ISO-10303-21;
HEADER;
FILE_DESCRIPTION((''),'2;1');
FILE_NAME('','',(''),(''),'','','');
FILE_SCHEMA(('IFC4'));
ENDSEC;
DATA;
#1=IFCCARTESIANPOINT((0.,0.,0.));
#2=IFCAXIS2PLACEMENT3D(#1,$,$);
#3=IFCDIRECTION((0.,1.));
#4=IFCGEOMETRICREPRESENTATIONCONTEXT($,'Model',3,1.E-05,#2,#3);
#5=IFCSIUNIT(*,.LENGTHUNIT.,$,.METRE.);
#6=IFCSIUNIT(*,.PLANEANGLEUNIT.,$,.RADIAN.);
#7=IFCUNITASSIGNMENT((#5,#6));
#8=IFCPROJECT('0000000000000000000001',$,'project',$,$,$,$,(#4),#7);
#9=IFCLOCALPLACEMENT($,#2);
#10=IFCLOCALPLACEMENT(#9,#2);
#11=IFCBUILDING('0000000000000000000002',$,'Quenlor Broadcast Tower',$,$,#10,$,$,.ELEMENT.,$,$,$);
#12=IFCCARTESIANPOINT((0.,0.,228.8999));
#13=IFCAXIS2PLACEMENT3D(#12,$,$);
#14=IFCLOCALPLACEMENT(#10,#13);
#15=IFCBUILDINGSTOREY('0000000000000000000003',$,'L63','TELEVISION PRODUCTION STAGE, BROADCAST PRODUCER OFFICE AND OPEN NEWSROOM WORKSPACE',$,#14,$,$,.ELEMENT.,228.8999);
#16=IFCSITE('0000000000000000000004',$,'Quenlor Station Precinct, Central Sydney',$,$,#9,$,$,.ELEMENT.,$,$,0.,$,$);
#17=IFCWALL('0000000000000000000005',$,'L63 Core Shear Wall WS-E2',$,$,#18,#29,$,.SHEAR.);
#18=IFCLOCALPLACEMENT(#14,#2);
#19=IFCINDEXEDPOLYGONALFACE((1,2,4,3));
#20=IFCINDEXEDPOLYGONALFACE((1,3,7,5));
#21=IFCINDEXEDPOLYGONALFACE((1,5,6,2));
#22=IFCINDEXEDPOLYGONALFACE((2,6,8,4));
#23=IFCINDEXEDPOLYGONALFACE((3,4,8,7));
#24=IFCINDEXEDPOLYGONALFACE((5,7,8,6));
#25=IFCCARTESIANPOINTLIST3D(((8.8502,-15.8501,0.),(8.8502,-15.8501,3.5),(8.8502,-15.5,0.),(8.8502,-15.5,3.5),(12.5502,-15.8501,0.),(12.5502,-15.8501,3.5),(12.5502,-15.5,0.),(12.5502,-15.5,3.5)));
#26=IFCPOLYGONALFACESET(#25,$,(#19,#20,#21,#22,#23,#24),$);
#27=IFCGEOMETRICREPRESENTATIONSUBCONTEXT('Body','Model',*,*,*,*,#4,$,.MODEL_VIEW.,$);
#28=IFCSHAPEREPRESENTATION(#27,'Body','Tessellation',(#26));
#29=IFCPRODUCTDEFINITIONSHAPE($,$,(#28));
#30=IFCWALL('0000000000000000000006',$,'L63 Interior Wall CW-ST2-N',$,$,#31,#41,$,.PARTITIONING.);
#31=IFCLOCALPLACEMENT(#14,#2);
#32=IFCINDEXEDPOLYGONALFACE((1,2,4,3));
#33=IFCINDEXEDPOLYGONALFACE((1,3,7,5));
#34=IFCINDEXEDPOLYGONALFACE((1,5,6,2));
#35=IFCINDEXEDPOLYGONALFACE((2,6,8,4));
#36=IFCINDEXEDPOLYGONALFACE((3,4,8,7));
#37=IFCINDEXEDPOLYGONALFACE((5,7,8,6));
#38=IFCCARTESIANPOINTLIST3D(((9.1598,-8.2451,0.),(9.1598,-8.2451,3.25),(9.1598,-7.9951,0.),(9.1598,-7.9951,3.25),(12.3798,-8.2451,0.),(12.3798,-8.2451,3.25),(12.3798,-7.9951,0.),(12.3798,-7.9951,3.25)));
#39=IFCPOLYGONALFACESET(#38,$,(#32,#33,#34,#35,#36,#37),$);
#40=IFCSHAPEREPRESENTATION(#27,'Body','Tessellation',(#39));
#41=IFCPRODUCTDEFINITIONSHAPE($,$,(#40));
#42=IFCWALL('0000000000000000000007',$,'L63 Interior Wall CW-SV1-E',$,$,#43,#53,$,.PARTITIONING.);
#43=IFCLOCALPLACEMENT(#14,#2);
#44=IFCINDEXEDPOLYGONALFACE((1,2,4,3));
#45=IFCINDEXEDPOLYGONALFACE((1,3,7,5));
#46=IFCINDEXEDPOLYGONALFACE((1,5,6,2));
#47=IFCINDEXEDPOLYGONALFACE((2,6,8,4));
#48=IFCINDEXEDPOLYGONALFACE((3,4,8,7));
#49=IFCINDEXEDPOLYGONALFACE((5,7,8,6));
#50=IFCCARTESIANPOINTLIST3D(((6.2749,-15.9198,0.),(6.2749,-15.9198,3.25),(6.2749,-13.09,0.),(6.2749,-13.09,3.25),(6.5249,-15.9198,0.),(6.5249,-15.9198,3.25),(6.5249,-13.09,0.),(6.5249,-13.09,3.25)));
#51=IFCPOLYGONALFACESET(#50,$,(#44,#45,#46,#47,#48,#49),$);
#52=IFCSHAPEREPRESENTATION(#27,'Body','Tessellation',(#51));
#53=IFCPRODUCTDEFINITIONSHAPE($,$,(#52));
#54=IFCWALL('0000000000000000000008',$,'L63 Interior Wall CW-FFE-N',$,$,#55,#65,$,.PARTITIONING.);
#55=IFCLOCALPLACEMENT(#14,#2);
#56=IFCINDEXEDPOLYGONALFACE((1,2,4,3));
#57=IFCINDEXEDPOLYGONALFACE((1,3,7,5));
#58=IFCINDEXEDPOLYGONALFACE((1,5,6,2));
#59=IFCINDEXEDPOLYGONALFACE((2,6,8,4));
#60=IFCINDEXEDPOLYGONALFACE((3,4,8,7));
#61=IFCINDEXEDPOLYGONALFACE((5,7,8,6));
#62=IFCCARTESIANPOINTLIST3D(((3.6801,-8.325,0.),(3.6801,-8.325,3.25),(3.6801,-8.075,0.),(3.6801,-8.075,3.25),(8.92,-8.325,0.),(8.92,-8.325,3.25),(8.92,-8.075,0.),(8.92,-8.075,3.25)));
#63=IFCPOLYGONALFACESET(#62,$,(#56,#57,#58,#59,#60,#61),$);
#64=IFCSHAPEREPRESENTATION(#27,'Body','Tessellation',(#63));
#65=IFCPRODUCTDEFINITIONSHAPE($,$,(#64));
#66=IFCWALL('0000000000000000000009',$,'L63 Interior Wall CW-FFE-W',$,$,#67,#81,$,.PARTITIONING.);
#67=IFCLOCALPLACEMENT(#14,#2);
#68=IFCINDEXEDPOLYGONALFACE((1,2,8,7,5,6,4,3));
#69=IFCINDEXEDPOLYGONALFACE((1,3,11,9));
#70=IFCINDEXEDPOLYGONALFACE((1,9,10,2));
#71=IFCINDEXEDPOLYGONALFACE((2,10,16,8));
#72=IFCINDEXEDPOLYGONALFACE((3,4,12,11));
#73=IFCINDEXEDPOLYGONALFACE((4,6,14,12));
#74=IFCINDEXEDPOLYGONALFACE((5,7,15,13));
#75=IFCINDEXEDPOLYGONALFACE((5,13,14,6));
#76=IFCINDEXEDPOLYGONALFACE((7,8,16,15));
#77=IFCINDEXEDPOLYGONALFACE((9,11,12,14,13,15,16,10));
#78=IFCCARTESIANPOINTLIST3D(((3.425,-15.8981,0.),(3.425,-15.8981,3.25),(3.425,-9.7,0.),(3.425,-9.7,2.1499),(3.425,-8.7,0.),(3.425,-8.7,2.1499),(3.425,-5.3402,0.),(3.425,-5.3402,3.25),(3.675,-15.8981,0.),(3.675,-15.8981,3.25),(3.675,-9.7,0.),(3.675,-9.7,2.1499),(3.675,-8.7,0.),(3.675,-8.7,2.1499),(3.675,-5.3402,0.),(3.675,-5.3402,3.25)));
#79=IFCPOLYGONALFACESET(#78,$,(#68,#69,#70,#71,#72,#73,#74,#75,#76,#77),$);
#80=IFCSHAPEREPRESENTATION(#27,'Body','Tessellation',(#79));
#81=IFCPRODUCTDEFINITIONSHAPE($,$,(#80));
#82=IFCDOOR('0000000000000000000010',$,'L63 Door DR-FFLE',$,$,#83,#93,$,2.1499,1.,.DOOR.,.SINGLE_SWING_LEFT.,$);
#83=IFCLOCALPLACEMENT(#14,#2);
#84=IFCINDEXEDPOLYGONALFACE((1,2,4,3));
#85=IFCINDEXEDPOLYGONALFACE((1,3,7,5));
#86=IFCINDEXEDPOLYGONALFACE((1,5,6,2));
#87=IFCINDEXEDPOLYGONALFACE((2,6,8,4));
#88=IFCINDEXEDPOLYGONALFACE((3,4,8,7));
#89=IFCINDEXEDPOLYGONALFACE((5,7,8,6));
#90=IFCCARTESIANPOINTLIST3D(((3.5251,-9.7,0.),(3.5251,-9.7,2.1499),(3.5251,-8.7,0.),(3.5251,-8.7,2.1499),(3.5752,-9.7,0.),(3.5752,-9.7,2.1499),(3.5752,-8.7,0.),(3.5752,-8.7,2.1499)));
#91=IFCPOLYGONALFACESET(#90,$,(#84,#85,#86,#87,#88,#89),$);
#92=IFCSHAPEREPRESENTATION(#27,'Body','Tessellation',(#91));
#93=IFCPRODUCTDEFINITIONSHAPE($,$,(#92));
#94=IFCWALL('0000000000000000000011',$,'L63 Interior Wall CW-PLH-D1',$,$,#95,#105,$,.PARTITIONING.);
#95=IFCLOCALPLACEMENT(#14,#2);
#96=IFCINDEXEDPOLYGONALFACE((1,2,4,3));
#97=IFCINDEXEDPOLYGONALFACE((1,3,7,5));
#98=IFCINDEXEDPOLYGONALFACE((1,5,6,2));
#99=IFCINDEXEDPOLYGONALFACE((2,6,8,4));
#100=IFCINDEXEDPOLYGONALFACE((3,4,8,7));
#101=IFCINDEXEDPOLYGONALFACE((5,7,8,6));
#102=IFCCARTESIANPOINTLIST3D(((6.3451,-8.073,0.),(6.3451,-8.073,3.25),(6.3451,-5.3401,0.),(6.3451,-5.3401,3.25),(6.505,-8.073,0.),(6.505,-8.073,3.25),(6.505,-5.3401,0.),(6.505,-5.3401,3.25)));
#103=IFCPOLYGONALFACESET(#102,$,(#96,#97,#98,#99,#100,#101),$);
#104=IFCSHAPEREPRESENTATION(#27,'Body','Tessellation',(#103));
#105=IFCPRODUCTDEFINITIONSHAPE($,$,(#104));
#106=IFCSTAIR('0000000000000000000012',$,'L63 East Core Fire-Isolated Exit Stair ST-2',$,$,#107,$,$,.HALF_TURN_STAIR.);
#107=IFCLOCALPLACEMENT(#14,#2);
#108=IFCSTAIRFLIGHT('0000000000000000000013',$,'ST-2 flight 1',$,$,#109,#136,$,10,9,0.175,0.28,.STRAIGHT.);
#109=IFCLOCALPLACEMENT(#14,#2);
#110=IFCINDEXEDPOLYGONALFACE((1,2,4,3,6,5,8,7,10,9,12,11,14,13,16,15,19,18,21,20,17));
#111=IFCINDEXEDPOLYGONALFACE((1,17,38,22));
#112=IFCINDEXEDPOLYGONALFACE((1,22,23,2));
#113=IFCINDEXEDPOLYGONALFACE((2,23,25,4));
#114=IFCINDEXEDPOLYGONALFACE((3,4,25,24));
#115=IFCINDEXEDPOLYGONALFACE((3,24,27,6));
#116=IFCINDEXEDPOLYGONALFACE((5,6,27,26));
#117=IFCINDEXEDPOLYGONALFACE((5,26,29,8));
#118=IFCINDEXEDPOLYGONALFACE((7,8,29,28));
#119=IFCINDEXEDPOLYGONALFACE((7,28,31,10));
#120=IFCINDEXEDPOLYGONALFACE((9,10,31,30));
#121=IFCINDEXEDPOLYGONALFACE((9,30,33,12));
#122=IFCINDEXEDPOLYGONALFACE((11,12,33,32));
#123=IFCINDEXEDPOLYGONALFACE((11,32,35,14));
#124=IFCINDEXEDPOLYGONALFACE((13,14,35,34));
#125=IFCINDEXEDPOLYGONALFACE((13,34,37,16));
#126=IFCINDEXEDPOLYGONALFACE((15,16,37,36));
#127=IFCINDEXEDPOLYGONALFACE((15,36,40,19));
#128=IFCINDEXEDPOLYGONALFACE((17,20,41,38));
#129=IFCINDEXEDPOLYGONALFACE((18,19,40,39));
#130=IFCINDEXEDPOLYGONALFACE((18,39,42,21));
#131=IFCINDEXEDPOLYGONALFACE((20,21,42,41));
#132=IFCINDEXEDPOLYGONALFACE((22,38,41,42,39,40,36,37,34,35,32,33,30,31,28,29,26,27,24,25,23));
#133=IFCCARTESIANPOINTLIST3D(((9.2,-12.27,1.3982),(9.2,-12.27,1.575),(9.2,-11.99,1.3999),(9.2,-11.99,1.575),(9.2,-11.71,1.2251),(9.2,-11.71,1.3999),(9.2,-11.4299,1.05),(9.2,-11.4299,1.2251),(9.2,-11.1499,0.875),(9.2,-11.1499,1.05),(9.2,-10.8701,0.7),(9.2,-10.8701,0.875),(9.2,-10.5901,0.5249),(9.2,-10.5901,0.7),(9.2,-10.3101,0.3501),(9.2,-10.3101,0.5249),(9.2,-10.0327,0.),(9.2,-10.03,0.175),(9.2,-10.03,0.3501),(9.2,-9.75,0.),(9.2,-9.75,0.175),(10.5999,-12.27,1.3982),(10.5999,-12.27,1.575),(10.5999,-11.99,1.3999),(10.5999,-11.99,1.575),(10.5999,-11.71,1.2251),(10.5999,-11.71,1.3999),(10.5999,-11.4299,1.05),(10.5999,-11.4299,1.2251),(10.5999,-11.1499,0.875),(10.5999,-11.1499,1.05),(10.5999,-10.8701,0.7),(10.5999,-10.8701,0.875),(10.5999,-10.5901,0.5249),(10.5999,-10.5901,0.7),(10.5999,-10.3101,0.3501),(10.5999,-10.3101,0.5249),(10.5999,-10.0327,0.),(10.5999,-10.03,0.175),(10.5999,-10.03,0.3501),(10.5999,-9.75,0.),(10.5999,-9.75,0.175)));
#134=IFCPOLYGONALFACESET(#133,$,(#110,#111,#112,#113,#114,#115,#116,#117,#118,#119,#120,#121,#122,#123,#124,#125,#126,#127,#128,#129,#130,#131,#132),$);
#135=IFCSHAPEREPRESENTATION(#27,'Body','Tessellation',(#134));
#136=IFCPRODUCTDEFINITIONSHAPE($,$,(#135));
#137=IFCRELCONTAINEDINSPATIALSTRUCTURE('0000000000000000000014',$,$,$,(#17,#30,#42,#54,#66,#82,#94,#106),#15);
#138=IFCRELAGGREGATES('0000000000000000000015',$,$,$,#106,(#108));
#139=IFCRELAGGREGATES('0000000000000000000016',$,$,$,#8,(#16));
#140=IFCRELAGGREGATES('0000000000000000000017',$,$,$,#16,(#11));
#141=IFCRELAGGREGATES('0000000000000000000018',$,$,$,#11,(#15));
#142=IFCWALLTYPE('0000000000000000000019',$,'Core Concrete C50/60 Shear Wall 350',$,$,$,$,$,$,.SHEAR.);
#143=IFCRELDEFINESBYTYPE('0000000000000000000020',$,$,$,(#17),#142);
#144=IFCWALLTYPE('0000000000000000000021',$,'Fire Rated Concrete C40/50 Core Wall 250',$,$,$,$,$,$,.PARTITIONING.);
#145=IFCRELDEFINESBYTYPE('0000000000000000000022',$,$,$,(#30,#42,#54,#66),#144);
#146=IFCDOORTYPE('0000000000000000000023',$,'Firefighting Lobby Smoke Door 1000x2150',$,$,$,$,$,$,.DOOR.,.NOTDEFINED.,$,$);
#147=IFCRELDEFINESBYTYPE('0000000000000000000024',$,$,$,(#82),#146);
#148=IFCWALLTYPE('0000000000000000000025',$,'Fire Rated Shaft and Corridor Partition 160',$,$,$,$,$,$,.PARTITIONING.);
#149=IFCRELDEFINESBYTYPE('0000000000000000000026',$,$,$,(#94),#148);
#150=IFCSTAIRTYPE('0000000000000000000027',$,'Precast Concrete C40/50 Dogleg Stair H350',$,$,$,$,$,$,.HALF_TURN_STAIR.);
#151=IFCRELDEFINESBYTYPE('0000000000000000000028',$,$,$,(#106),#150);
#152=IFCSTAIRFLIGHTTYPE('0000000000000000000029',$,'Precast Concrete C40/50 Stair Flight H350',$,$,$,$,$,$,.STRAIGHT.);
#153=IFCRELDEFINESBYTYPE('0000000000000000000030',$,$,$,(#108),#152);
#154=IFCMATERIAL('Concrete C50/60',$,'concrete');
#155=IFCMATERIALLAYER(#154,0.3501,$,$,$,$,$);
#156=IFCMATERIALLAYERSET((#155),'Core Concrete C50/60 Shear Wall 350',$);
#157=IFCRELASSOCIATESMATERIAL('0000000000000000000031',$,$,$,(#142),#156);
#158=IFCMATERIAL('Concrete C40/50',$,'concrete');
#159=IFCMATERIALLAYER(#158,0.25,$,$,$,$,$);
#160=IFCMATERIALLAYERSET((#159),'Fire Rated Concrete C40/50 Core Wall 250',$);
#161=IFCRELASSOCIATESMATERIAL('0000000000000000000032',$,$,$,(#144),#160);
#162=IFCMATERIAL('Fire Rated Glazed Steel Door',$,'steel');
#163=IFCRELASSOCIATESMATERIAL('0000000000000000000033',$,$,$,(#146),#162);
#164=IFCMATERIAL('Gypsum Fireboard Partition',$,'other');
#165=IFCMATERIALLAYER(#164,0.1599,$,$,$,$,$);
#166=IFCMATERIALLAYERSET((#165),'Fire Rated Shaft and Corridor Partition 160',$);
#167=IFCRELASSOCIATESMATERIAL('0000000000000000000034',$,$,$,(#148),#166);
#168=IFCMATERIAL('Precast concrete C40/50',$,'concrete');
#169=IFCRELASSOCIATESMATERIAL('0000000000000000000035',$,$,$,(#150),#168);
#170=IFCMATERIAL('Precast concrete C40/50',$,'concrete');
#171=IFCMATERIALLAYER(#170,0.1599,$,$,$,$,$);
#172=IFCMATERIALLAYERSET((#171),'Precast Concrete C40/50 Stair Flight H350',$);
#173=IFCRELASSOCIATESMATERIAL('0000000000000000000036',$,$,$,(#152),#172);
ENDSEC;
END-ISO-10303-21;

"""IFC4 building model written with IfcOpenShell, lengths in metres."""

from ifc_helpers import new_model, si_unit, direction, frame, frame_2d, origin, place, context, subcontext, project, spatial, polyline, rectangle, outline, extrude, material, layer, layer_set, type_object, element, fill, aggregate, save


model = new_model("IFC4")

# Units and contexts
model_context = context("Model", 3, precision=1e-05, world=origin(), true_north=direction((0.0, 1.0)))
body_context = subcontext(model_context, "Body", "Model", "MODEL_VIEW")
ifc_project = project(units=[si_unit("LENGTHUNIT", "METRE"), si_unit("PLANEANGLEUNIT", "RADIAN")], contexts=[model_context])

# Site, building, storey
site_placement = place(None, origin())
site = spatial("IfcSite", under=ifc_project, at=site_placement, Name="Quenlor Station Precinct, Central Sydney", CompositionType="ELEMENT", RefElevation=0.0)
building_placement = place(site_placement, origin())
building = spatial("IfcBuilding", under=site, at=building_placement, Name="Quenlor Broadcast Tower", CompositionType="ELEMENT")
storey_placement = place(building_placement, frame((0.0, 0.0, 228.8999)))
storey = spatial("IfcBuildingStorey", under=building, at=storey_placement, Name="L63", Description="TELEVISION PRODUCTION STAGE, BROADCAST PRODUCER OFFICE AND OPEN NEWSROOM WORKSPACE", CompositionType="ELEMENT", Elevation=228.8999)

# Wall
ifc_material_1 = material(Name="Concrete C50/60", Category="concrete")
ifc_layer_1 = layer(ifc_material_1, 0.3501)
ifc_layer_set_1 = layer_set([ifc_layer_1], Name="Core Concrete C50/60 Shear Wall 350")
wall_type_1 = type_object("IfcWallType", Name="Core Concrete C50/60 Shear Wall 350", PredefinedType="SHEAR", material=ifc_layer_set_1)
wall_1_placement = place(storey_placement, frame((8.8501, -15.675, 0.0), z_axis=(0.0, 0.0, 1.0), x_axis=(1.0, 0.0, 0.0)))
element("IfcWall", 1, at=wall_1_placement, inside=storey, type_object=wall_type_1, Name="L63 Core Shear Wall WS-E2", PredefinedType="SHEAR", context=body_context, shape_type="SweptSolid", body=[
    extrude(rectangle(XDim=3.7, YDim=0.3501, at=frame_2d((1.8501, 0.0))), origin(), (0.0, 0.0, 1.0), 3.5),
])

# Shared definitions
ifc_material_2 = material(Name="Concrete C40/50", Category="concrete")
ifc_layer_2 = layer(ifc_material_2, 0.25)
ifc_layer_set_2 = layer_set([ifc_layer_2], Name="Fire Rated Concrete C40/50 Core Wall 250")
wall_type_2 = type_object("IfcWallType", Name="Fire Rated Concrete C40/50 Core Wall 250", PredefinedType="PARTITIONING", material=ifc_layer_set_2)

# Wall
wall_2_placement = place(storey_placement, frame((9.1599, -8.1201, 0.0), z_axis=(0.0, 0.0, 1.0), x_axis=(1.0, 0.0, 0.0)))
element("IfcWall", 2, at=wall_2_placement, inside=storey, type_object=wall_type_2, Name="L63 Interior Wall CW-ST2-N", PredefinedType="PARTITIONING", context=body_context, shape_type="SweptSolid", body=[
    extrude(rectangle(XDim=3.22, YDim=0.25, at=frame_2d((1.6099, 0.0))), origin(), (0.0, 0.0, 1.0), 3.25),
])

# Walls
wall_3_placement = place(storey_placement, frame((6.3999, -15.9199, 0.0), z_axis=(0.0, 0.0, 1.0), x_axis=(0.0, 1.0, 0.0)))
element("IfcWall", 3, at=wall_3_placement, inside=storey, type_object=wall_type_2, Name="L63 Interior Wall CW-SV1-E", PredefinedType="PARTITIONING", context=body_context, shape_type="SweptSolid", body=[
    extrude(rectangle(XDim=2.8298, YDim=0.25, at=frame_2d((1.415, 0.0))), origin(), (0.0, 0.0, 1.0), 3.25),
])
wall_4_placement = place(storey_placement, frame((3.6799, -8.2, 0.0), z_axis=(0.0, 0.0, 1.0), x_axis=(1.0, 0.0, 0.0)))
element("IfcWall", 4, at=wall_4_placement, inside=storey, type_object=wall_type_2, Name="L63 Interior Wall CW-FFE-N", PredefinedType="PARTITIONING", context=body_context, shape_type="SweptSolid", body=[
    extrude(rectangle(XDim=5.24, YDim=0.25, at=frame_2d((2.6201, 0.0))), origin(), (0.0, 0.0, 1.0), 3.25),
])

# Wall, opening, door
wall_5_placement = place(storey_placement, frame((3.55, -15.8979, 0.0), z_axis=(0.0, 0.0, 1.0), x_axis=(0.0, 1.0, 0.0)))
wall_5 = element("IfcWall", 5, at=wall_5_placement, inside=storey, type_object=wall_type_2, Name="L63 Interior Wall CW-FFE-W", PredefinedType="PARTITIONING", context=body_context, shape_type="SweptSolid", body=[
    extrude(rectangle(XDim=10.5579, YDim=0.25, at=frame_2d((5.2788, 0.0))), origin(), (0.0, 0.0, 1.0), 3.25),
])
opening_1_placement = place(wall_5_placement, frame((6.198, 0.0, 0.0)))
opening_1 = element("IfcOpeningElement", 6, at=opening_1_placement, cuts=wall_5, PredefinedType="OPENING", context=body_context, shape_type="SweptSolid", body=[
    extrude(rectangle(XDim=1.0, YDim=2.1499, at=frame_2d((0.5, 1.075))), frame((0.0, 0.135, 0.0), z_axis=(0.0, -1.0, 0.0), x_axis=(1.0, 0.0, 0.0)), (0.0, 0.0, 1.0), 0.27),
])
ifc_material_3 = material(Name="Fire Rated Glazed Steel Door", Category="steel")
door_type_1 = type_object("IfcDoorType", Name="Firefighting Lobby Smoke Door 1000x2150", OperationType="NOTDEFINED", PredefinedType="DOOR", material=ifc_material_3)
door_1_placement = place(opening_1_placement, origin())
door_1 = element("IfcDoor", 7, at=door_1_placement, inside=storey, type_object=door_type_1, Name="L63 Door DR-FFLE", OperationType="SINGLE_SWING_LEFT", OverallHeight=2.1499, OverallWidth=1.0, PredefinedType="DOOR", context=body_context, shape_type="SweptSolid", body=[
    extrude(rectangle(XDim=1.0, YDim=2.1499, at=frame_2d((0.5, 1.075))), frame((0.0, 0.0249, 0.0), z_axis=(0.0, -1.0, 0.0), x_axis=(1.0, 0.0, 0.0)), (0.0, 0.0, 1.0), 0.05),
])
fill(opening_1, door_1)

# Wall
ifc_material_4 = material(Name="Gypsum Fireboard Partition", Category="other")
ifc_layer_3 = layer(ifc_material_4, 0.1599)
ifc_layer_set_3 = layer_set([ifc_layer_3], Name="Fire Rated Shaft and Corridor Partition 160")
wall_type_3 = type_object("IfcWallType", Name="Fire Rated Shaft and Corridor Partition 160", PredefinedType="PARTITIONING", material=ifc_layer_set_3)
wall_6_placement = place(storey_placement, frame((6.425, -8.073, 0.0), z_axis=(0.0, 0.0, 1.0), x_axis=(0.0, 1.0, 0.0)))
element("IfcWall", 8, at=wall_6_placement, inside=storey, type_object=wall_type_3, Name="L63 Interior Wall CW-PLH-D1", PredefinedType="PARTITIONING", context=body_context, shape_type="SweptSolid", body=[
    extrude(rectangle(XDim=2.7329, YDim=0.1599, at=frame_2d((1.3665, 0.0))), origin(), (0.0, 0.0, 1.0), 3.25),
])

# Stair, stair flight
ifc_material_5 = material(Name="Precast concrete C40/50", Category="concrete")
stair_type = type_object("IfcStairType", Name="Precast Concrete C40/50 Dogleg Stair H350", PredefinedType="HALF_TURN_STAIR", material=ifc_material_5)
stair_placement = place(storey_placement, origin())
stair = element("IfcStair", 9, at=stair_placement, inside=storey, type_object=stair_type, Name="L63 East Core Fire-Isolated Exit Stair ST-2", PredefinedType="HALF_TURN_STAIR")
ifc_material_6 = material(Name="Precast concrete C40/50", Category="concrete")
ifc_layer_4 = layer(ifc_material_6, 0.1599)
ifc_layer_set_4 = layer_set([ifc_layer_4], Name="Precast Concrete C40/50 Stair Flight H350")
stair_flight_type = type_object("IfcStairFlightType", Name="Precast Concrete C40/50 Stair Flight H350", PredefinedType="STRAIGHT", material=ifc_layer_set_4)
stair_flight_placement = place(storey_placement, frame((9.8999, -9.75, 0.0), z_axis=(0.0, 0.0, 1.0), x_axis=(0.0, -1.0, 0.0)))
stair_flight = element("IfcStairFlight", 10, at=stair_flight_placement, type_object=stair_flight_type, Name="ST-2 flight 1", NumberOfRisers=10, NumberOfTreads=9, PredefinedType="STRAIGHT", RiserHeight=0.175, TreadLength=0.28, context=body_context, shape_type="SweptSolid", body=[
    extrude(outline(polyline([(0.0, 0.0), (0.0, 0.175), (0.28, 0.175), (0.28, 0.3501), (0.5601, 0.3501), (0.5601, 0.5249), (0.8401, 0.5249), (0.8401, 0.7), (1.1201, 0.7), (1.1201, 0.875), (1.3999, 0.875), (1.3999, 1.05), (1.6799, 1.05), (1.6799, 1.2251), (1.96, 1.2251), (1.96, 1.3999), (2.24, 1.3999), (2.24, 1.575), (2.52, 1.575), (2.52, 1.75), (2.52, 1.3982), (0.2827, 0.0), (0.0, 0.0)])), frame((0.0, 0.7, 0.0), z_axis=(0.0, -1.0, 0.0), x_axis=(1.0, 0.0, 0.0)), (0.0, 0.0, 1.0), 1.3999),
])
aggregate(stair, [stair_flight])

save(model, "model.ifc")
